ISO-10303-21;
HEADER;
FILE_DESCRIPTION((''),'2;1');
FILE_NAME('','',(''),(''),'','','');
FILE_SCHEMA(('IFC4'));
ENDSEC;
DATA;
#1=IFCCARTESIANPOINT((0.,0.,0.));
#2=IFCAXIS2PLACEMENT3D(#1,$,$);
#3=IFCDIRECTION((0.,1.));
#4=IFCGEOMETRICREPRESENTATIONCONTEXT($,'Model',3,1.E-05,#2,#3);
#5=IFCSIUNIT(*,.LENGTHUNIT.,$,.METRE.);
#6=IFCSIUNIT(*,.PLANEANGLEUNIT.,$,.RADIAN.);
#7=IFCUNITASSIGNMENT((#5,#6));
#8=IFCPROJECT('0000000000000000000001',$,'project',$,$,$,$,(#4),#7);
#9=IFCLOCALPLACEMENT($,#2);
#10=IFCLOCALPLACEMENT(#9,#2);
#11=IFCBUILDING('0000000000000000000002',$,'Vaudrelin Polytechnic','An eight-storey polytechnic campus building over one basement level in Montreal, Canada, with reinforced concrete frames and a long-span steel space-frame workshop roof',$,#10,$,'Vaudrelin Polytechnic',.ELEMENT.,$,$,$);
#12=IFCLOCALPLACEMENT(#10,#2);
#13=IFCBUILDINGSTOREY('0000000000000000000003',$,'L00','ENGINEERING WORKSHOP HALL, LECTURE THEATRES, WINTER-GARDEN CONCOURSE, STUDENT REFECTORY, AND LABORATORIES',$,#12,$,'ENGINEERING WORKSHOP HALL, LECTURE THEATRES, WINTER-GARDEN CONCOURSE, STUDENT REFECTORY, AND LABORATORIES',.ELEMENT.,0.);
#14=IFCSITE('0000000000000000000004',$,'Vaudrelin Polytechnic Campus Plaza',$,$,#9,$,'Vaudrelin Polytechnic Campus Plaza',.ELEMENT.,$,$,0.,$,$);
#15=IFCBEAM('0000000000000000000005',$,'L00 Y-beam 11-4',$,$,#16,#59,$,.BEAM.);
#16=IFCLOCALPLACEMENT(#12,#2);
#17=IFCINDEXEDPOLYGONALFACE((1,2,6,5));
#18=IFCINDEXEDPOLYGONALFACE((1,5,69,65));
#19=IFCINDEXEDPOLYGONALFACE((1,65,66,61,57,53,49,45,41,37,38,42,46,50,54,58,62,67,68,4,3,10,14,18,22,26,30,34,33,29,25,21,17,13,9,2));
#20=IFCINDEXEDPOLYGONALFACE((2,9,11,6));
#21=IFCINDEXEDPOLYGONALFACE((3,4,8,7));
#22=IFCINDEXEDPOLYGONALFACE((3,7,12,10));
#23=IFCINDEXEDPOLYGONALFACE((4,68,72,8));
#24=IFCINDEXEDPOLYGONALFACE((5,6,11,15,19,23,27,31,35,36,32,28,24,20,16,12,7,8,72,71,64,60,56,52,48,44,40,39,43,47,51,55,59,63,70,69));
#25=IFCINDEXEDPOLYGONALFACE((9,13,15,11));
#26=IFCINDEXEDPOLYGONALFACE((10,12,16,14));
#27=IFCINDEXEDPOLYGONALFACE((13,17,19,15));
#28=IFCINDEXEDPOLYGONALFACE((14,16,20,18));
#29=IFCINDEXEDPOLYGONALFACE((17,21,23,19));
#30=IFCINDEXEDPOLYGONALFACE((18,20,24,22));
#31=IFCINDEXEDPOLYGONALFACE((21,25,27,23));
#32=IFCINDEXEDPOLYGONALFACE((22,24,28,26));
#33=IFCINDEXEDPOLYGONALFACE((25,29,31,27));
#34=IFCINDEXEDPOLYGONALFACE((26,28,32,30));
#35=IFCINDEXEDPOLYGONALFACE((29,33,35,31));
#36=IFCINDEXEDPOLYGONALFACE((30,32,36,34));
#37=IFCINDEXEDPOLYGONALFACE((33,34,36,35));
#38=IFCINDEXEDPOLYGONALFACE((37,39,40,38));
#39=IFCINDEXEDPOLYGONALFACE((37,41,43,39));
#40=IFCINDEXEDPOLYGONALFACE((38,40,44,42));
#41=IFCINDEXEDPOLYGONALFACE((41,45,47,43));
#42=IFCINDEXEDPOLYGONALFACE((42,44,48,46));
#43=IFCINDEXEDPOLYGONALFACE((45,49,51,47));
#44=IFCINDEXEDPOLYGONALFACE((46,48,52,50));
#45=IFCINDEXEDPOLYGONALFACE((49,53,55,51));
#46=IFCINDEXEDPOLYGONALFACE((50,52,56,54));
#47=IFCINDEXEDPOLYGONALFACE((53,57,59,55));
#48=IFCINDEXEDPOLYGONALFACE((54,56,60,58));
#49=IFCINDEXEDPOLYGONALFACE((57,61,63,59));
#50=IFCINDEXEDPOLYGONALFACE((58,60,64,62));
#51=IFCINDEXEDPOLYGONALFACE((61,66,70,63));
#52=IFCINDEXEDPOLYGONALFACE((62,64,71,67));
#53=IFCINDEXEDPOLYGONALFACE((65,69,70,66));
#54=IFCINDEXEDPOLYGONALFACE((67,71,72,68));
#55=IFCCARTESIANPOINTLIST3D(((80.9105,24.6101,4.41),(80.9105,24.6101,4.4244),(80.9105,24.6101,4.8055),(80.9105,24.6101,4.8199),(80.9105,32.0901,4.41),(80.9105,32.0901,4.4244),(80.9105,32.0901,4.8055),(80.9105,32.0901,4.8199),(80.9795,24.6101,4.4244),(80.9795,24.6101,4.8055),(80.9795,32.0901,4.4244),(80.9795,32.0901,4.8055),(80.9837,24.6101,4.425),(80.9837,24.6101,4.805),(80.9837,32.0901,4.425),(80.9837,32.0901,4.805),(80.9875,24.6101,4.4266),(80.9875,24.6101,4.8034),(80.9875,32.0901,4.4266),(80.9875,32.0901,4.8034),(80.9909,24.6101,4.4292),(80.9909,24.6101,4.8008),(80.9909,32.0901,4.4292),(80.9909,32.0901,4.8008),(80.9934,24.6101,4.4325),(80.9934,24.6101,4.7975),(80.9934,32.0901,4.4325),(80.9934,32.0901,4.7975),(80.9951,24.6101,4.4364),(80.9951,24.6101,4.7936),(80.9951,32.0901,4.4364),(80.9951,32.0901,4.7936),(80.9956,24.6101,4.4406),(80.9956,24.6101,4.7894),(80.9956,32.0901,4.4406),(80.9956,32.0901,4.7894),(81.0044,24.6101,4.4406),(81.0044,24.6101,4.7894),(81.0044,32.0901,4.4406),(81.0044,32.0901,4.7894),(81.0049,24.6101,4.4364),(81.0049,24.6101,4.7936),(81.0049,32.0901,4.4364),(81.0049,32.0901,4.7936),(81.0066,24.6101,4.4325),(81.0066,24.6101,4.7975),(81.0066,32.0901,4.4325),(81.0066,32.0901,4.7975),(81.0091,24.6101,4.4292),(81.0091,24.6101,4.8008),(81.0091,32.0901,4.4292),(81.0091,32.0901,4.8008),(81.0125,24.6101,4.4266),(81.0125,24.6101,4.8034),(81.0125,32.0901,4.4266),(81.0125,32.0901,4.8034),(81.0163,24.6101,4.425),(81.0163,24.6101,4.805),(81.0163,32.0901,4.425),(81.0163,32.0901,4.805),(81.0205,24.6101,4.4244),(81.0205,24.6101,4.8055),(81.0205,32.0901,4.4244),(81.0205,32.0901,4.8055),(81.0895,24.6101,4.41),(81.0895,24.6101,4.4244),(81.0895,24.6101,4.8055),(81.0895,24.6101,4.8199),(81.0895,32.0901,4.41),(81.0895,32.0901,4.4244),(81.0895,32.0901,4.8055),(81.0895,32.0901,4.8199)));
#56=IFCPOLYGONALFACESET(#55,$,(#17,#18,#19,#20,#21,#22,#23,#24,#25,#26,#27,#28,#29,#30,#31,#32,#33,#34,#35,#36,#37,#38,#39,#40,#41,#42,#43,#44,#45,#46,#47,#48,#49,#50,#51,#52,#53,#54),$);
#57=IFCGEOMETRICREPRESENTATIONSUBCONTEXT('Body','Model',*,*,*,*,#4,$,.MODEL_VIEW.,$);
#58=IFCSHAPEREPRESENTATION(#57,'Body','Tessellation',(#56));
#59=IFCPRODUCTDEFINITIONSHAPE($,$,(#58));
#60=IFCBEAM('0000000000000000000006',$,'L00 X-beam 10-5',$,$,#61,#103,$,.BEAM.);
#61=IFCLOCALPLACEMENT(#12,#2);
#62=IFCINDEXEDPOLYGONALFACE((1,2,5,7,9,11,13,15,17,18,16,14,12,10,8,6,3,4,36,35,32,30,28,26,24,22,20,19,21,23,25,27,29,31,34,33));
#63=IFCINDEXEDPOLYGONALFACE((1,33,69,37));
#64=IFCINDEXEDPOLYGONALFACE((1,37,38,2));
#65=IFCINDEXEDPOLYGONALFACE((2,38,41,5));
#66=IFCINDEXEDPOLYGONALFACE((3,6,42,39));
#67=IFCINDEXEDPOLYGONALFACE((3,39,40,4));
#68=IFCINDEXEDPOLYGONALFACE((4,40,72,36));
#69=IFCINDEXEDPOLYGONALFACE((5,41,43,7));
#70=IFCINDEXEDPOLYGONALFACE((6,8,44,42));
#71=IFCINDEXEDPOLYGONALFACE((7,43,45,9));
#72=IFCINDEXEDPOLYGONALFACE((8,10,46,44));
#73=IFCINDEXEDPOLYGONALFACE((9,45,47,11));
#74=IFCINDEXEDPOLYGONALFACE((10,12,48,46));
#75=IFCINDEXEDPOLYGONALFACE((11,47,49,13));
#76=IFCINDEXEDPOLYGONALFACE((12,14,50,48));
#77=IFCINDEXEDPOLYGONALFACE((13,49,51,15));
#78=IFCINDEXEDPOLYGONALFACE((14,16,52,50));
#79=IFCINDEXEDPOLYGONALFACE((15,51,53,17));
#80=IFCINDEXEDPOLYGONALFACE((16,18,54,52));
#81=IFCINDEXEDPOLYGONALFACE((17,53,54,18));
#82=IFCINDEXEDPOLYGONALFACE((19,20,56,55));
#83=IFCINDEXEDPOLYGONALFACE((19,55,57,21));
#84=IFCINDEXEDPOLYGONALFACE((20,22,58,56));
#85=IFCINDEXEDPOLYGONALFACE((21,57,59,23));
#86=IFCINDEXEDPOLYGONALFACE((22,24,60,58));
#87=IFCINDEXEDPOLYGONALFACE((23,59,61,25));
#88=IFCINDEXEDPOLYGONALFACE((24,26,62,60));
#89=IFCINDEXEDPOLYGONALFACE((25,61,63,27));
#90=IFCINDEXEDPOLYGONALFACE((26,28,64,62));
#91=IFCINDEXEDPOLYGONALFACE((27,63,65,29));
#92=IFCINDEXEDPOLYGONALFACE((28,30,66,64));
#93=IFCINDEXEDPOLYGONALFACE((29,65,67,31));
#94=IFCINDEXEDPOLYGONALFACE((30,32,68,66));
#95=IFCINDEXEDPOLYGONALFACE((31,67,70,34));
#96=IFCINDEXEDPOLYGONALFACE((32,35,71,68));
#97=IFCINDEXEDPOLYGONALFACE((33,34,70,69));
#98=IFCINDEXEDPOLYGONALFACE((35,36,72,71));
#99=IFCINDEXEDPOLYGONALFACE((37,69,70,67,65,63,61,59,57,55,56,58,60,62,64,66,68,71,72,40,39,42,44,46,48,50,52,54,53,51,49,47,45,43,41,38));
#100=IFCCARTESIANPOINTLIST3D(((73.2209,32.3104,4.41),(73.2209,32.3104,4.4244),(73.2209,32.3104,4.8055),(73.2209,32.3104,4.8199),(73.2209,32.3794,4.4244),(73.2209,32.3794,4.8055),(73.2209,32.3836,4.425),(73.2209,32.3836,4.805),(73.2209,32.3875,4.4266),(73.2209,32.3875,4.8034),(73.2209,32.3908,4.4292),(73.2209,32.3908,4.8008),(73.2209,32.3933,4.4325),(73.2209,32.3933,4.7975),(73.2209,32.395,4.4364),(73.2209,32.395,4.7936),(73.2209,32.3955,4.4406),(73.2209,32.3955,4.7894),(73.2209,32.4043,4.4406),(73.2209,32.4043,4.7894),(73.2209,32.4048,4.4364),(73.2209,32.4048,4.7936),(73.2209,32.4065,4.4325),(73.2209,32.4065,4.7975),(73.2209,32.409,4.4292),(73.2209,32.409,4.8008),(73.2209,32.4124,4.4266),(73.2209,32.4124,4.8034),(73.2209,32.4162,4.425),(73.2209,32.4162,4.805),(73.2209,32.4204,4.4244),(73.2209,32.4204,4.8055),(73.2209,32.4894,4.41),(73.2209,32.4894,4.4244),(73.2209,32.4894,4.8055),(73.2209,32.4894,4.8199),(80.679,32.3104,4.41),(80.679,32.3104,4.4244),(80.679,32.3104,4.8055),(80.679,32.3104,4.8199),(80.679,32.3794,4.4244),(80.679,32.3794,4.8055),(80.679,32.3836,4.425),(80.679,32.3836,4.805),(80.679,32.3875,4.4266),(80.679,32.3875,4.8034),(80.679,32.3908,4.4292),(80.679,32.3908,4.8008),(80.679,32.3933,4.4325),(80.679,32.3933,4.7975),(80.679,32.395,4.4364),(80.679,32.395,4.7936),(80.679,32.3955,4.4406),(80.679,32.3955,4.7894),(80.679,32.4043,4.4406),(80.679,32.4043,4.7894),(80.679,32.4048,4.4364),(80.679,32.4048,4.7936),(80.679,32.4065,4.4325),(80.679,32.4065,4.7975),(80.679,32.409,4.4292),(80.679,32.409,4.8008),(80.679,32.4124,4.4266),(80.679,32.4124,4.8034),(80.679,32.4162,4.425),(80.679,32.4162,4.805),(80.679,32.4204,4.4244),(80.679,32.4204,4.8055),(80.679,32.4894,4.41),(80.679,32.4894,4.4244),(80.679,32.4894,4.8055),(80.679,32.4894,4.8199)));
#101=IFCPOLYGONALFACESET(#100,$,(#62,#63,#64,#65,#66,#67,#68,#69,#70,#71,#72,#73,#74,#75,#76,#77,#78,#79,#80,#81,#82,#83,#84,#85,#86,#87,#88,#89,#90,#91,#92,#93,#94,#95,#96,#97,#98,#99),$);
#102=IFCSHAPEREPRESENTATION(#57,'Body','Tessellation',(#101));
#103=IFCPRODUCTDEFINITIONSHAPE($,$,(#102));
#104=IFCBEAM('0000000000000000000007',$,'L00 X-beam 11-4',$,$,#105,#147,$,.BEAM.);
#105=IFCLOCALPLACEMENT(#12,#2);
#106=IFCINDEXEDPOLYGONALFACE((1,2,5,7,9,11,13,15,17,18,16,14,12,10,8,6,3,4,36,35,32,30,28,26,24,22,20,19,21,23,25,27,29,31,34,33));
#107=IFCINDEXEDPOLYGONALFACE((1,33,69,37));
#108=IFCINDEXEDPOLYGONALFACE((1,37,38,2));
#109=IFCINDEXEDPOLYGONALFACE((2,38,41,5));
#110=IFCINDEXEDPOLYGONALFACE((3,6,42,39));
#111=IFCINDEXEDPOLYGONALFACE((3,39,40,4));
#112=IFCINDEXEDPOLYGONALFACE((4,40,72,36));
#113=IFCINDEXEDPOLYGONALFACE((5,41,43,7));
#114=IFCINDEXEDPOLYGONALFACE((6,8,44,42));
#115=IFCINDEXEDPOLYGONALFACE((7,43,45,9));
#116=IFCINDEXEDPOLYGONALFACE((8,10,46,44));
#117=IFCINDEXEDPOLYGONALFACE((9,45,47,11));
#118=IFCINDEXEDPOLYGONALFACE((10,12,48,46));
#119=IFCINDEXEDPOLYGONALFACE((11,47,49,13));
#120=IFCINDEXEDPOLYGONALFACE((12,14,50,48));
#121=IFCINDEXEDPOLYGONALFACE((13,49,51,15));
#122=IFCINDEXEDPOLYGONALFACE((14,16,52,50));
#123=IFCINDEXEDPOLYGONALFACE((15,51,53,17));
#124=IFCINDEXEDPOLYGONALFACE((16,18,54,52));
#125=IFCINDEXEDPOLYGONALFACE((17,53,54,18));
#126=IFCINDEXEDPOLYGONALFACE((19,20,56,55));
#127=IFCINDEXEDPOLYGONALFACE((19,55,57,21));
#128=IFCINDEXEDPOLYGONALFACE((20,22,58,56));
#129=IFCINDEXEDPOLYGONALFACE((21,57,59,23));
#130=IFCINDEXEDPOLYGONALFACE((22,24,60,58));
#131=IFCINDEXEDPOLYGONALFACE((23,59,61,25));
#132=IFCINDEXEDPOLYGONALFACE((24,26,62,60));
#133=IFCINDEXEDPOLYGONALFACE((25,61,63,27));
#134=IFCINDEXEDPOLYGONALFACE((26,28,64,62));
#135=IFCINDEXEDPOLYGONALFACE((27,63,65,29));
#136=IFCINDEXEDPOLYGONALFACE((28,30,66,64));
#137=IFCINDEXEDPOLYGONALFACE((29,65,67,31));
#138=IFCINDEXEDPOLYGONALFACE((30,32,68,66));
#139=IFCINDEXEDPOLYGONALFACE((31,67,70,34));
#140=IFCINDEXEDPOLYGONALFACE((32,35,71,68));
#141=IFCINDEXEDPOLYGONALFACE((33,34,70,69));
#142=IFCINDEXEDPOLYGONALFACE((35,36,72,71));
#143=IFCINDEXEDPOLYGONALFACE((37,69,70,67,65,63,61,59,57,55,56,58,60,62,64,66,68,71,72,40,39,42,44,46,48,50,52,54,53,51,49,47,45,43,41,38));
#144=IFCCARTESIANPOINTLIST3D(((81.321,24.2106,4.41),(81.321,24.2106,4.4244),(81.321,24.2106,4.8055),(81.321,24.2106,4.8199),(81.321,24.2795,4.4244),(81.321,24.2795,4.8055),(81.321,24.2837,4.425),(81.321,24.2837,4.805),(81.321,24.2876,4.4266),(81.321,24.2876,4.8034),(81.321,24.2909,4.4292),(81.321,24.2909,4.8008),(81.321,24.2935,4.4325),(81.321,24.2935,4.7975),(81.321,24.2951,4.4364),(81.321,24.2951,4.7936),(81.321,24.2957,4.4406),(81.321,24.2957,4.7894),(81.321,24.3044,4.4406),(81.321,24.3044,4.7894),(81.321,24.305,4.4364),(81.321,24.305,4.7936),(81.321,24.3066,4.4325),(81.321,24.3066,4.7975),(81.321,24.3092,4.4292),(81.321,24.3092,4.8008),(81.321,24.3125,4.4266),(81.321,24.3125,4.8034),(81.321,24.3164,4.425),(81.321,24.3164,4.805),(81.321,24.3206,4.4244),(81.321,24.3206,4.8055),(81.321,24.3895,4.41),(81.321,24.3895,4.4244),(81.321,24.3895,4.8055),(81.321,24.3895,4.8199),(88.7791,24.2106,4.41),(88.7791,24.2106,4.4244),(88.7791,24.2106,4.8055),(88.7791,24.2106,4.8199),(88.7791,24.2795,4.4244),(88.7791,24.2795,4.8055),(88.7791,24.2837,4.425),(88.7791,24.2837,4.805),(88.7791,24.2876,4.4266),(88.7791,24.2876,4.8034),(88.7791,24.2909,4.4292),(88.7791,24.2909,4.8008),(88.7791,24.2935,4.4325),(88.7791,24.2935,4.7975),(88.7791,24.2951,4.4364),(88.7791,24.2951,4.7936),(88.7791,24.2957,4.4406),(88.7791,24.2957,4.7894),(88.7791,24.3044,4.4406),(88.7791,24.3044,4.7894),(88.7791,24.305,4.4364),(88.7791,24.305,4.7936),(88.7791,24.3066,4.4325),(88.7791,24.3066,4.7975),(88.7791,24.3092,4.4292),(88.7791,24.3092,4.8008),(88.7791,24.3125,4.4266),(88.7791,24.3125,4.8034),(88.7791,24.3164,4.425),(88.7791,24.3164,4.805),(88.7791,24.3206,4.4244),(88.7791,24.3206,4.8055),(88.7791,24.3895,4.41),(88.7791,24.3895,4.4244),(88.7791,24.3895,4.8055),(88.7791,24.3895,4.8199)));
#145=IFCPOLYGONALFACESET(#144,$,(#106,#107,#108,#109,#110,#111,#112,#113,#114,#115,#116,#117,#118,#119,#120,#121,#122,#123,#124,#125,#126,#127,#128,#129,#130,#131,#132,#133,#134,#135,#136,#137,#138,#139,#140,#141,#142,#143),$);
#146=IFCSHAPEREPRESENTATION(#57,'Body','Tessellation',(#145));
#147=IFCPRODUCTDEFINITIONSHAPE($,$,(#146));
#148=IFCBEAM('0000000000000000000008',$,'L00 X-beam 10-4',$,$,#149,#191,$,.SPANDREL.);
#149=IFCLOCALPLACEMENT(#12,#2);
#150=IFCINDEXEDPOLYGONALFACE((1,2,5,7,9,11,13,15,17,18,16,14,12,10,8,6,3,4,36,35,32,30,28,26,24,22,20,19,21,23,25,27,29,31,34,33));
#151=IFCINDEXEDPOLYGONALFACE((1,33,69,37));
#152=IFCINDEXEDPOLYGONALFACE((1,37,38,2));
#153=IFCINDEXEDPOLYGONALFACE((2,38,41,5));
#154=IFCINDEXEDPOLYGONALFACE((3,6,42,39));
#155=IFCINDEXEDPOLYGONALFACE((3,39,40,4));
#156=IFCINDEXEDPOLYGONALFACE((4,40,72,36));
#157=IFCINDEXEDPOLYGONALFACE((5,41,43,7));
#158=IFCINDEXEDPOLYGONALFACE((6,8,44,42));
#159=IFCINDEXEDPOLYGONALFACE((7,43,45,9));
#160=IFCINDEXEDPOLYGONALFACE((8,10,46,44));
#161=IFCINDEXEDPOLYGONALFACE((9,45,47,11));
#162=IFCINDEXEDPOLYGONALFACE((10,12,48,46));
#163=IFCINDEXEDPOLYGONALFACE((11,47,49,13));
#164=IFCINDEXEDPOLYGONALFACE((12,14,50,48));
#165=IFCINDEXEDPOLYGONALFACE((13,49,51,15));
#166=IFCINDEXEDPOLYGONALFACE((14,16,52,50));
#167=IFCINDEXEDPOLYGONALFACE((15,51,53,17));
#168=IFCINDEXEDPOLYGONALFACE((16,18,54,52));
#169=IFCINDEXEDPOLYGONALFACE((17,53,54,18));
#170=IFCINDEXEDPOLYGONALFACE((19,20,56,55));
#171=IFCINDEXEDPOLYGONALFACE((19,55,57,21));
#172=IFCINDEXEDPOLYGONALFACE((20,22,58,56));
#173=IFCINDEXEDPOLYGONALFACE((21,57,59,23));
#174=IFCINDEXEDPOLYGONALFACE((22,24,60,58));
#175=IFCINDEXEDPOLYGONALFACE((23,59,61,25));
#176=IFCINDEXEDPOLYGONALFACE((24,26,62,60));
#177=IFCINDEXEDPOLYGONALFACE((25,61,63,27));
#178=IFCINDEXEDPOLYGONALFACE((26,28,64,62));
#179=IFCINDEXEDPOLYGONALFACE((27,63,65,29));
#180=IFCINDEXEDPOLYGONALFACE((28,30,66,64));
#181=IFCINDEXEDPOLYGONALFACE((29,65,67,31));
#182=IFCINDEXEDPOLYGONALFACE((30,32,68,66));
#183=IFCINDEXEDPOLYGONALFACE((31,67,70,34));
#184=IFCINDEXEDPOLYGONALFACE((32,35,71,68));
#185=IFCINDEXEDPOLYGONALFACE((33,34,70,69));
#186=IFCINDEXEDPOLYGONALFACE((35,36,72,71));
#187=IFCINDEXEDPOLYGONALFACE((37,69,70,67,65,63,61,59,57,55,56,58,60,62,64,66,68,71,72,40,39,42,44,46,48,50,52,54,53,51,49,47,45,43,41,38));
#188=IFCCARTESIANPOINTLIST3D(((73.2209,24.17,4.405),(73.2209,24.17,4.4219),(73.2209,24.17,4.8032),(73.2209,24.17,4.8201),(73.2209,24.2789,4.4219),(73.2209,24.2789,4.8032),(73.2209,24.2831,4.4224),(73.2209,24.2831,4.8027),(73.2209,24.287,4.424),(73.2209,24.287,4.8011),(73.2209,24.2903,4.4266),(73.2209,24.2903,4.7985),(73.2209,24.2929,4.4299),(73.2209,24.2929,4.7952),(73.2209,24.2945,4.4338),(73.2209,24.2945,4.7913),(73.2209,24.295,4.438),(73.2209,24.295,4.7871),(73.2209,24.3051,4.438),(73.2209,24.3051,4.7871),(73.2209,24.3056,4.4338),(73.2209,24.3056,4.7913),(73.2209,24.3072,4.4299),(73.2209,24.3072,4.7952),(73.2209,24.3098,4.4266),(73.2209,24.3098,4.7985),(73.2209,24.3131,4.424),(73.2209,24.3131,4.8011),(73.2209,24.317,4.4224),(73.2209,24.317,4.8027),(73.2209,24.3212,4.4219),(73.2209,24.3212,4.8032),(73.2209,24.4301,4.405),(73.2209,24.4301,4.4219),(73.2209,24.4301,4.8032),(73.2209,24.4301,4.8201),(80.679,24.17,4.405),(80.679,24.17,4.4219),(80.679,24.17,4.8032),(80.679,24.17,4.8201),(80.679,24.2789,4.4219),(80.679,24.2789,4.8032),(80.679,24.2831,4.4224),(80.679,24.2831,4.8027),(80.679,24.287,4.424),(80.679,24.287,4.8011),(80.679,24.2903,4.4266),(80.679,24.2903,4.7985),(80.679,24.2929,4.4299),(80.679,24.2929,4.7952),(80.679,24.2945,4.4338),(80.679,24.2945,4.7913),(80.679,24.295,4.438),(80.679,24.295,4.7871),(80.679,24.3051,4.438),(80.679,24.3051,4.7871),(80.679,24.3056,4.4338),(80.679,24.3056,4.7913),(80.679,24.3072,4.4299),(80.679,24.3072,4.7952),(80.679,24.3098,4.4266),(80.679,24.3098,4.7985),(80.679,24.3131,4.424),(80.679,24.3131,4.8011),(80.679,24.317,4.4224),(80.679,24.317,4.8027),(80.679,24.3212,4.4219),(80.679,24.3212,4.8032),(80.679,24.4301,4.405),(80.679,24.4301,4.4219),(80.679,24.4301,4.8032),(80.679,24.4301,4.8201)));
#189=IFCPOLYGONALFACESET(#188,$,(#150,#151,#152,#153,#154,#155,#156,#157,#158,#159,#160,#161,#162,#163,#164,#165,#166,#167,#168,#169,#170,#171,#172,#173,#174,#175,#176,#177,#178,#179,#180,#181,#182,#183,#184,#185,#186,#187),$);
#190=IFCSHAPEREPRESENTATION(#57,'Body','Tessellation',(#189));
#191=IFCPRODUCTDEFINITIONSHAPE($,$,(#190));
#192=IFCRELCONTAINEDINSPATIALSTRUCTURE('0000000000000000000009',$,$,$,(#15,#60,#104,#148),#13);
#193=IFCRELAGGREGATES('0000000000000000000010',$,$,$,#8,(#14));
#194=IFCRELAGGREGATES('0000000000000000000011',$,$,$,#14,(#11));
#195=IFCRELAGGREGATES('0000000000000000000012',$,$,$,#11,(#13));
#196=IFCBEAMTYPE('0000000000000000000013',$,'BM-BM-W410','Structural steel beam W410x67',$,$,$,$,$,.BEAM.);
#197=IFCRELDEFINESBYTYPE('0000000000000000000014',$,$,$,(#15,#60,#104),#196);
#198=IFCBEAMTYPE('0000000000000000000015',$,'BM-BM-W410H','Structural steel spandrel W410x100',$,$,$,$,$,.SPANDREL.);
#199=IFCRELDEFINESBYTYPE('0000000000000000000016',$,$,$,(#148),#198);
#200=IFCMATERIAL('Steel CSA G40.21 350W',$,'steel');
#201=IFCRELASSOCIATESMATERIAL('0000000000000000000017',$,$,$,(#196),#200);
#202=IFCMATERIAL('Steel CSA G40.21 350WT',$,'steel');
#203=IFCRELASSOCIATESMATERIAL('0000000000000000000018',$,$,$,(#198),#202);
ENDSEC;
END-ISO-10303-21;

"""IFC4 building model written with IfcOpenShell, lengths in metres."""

from ifc_helpers import new_model, si_unit, direction, frame, origin, origin_2d, place, context, subcontext, project, spatial, i_section, extrude, material, material_profile, profile_set, type_object, element, save


model = new_model("IFC4")

# Units and contexts
model_context = context("Model", 3, precision=1e-05, world=origin(), true_north=direction((0.0, 1.0)))
body_context = subcontext(model_context, "Body", "Model", "MODEL_VIEW")
ifc_project = project(units=[si_unit("LENGTHUNIT", "METRE"), si_unit("PLANEANGLEUNIT", "RADIAN")], contexts=[model_context])

# Site, building, storey
site_placement = place(None, origin())
site = spatial("IfcSite", under=ifc_project, at=site_placement, Name="Vaudrelin Polytechnic Campus Plaza", LongName="Vaudrelin Polytechnic Campus Plaza", CompositionType="ELEMENT", RefElevation=0.0)
building_placement = place(site_placement, origin())
building = spatial("IfcBuilding", under=site, at=building_placement, Name="Vaudrelin Polytechnic", Description="An eight-storey polytechnic campus building over one basement level in Montreal, Canada, with reinforced concrete frames and a long-span steel space-frame workshop roof", LongName="Vaudrelin Polytechnic", CompositionType="ELEMENT")
storey_placement = place(building_placement, origin())
storey = spatial("IfcBuildingStorey", under=building, at=storey_placement, Name="L00", Description="ENGINEERING WORKSHOP HALL, LECTURE THEATRES, WINTER-GARDEN CONCOURSE, STUDENT REFECTORY, AND LABORATORIES", LongName="ENGINEERING WORKSHOP HALL, LECTURE THEATRES, WINTER-GARDEN CONCOURSE, STUDENT REFECTORY, AND LABORATORIES", CompositionType="ELEMENT", Elevation=0.0)

# Shared definitions
ifc_material_1 = material(Name="Steel CSA G40.21 350W", Category="steel")

# Beams
ifc_material_profile_1 = material_profile(ifc_material_1, i_section(OverallWidth=0.179, OverallDepth=0.4099, WebThickness=0.0088, FlangeThickness=0.0144, FilletRadius=0.0161, at=origin_2d()), Name="W410x67")
ifc_profile_set_1 = profile_set([ifc_material_profile_1], Name="Steel CSA G40.21 350W")
beam_type_1 = type_object("IfcBeamType", Name="BM-BM-W410", Description="Structural steel beam W410x67", PredefinedType="BEAM", material=ifc_profile_set_1)
beam_1_placement = place(storey_placement, frame((81.0, 24.6101, 4.615), z_axis=(0.0, 1.0, 0.0), x_axis=(-1.0, 0.0, 0.0)))
element("IfcBeam", 1, at=beam_1_placement, inside=storey, type_object=beam_type_1, Name="L00 Y-beam 11-4", PredefinedType="BEAM", context=body_context, shape_type="SweptSolid", body=[
    extrude(i_section(OverallWidth=0.179, OverallDepth=0.4099, WebThickness=0.0088, FlangeThickness=0.0144, FilletRadius=0.0161, at=origin_2d()), origin(), (0.0, 0.0, 1.0), 7.48),
])
for number, where, z_axis, x_axis, name in (
    (2, (73.2209, 32.3999, 4.615), (1.0, 0.0, 0.0), (0.0, 1.0, 0.0), "L00 X-beam 10-5"),
    (3, (81.321, 24.3, 4.615), (1.0, 0.0, 0.0), (0.0, 1.0, 0.0), "L00 X-beam 11-4"),
):
    element("IfcBeam", number, at=place(storey_placement, frame(where, z_axis=z_axis, x_axis=x_axis)), inside=storey, type_object=beam_type_1, Name=name, PredefinedType="BEAM", context=body_context, shape_type="SweptSolid", body=[
        extrude(i_section(OverallWidth=0.179, OverallDepth=0.4099, WebThickness=0.0088, FlangeThickness=0.0144, FilletRadius=0.0161, at=origin_2d()), origin(), (0.0, 0.0, 1.0), 7.458),
    ])
ifc_material_2 = material(Name="Steel CSA G40.21 350WT", Category="steel")
ifc_material_profile_2 = material_profile(ifc_material_2, i_section(OverallWidth=0.26, OverallDepth=0.415, WebThickness=0.01, FlangeThickness=0.0168, FilletRadius=0.0161, at=origin_2d()), Name="W410x100")
ifc_profile_set_2 = profile_set([ifc_material_profile_2], Name="Steel CSA G40.21 350WT")
beam_type_2 = type_object("IfcBeamType", Name="BM-BM-W410H", Description="Structural steel spandrel W410x100", PredefinedType="SPANDREL", material=ifc_profile_set_2)
beam_2_placement = place(storey_placement, frame((73.2209, 24.3, 4.6125), z_axis=(1.0, 0.0, 0.0), x_axis=(0.0, 1.0, 0.0)))
element("IfcBeam", 4, at=beam_2_placement, inside=storey, type_object=beam_type_2, Name="L00 X-beam 10-4", PredefinedType="SPANDREL", context=body_context, shape_type="SweptSolid", body=[
    extrude(i_section(OverallWidth=0.26, OverallDepth=0.415, WebThickness=0.01, FlangeThickness=0.0168, FilletRadius=0.0161, at=origin_2d()), origin(), (0.0, 0.0, 1.0), 7.458),
])

save(model, "model.ifc")
